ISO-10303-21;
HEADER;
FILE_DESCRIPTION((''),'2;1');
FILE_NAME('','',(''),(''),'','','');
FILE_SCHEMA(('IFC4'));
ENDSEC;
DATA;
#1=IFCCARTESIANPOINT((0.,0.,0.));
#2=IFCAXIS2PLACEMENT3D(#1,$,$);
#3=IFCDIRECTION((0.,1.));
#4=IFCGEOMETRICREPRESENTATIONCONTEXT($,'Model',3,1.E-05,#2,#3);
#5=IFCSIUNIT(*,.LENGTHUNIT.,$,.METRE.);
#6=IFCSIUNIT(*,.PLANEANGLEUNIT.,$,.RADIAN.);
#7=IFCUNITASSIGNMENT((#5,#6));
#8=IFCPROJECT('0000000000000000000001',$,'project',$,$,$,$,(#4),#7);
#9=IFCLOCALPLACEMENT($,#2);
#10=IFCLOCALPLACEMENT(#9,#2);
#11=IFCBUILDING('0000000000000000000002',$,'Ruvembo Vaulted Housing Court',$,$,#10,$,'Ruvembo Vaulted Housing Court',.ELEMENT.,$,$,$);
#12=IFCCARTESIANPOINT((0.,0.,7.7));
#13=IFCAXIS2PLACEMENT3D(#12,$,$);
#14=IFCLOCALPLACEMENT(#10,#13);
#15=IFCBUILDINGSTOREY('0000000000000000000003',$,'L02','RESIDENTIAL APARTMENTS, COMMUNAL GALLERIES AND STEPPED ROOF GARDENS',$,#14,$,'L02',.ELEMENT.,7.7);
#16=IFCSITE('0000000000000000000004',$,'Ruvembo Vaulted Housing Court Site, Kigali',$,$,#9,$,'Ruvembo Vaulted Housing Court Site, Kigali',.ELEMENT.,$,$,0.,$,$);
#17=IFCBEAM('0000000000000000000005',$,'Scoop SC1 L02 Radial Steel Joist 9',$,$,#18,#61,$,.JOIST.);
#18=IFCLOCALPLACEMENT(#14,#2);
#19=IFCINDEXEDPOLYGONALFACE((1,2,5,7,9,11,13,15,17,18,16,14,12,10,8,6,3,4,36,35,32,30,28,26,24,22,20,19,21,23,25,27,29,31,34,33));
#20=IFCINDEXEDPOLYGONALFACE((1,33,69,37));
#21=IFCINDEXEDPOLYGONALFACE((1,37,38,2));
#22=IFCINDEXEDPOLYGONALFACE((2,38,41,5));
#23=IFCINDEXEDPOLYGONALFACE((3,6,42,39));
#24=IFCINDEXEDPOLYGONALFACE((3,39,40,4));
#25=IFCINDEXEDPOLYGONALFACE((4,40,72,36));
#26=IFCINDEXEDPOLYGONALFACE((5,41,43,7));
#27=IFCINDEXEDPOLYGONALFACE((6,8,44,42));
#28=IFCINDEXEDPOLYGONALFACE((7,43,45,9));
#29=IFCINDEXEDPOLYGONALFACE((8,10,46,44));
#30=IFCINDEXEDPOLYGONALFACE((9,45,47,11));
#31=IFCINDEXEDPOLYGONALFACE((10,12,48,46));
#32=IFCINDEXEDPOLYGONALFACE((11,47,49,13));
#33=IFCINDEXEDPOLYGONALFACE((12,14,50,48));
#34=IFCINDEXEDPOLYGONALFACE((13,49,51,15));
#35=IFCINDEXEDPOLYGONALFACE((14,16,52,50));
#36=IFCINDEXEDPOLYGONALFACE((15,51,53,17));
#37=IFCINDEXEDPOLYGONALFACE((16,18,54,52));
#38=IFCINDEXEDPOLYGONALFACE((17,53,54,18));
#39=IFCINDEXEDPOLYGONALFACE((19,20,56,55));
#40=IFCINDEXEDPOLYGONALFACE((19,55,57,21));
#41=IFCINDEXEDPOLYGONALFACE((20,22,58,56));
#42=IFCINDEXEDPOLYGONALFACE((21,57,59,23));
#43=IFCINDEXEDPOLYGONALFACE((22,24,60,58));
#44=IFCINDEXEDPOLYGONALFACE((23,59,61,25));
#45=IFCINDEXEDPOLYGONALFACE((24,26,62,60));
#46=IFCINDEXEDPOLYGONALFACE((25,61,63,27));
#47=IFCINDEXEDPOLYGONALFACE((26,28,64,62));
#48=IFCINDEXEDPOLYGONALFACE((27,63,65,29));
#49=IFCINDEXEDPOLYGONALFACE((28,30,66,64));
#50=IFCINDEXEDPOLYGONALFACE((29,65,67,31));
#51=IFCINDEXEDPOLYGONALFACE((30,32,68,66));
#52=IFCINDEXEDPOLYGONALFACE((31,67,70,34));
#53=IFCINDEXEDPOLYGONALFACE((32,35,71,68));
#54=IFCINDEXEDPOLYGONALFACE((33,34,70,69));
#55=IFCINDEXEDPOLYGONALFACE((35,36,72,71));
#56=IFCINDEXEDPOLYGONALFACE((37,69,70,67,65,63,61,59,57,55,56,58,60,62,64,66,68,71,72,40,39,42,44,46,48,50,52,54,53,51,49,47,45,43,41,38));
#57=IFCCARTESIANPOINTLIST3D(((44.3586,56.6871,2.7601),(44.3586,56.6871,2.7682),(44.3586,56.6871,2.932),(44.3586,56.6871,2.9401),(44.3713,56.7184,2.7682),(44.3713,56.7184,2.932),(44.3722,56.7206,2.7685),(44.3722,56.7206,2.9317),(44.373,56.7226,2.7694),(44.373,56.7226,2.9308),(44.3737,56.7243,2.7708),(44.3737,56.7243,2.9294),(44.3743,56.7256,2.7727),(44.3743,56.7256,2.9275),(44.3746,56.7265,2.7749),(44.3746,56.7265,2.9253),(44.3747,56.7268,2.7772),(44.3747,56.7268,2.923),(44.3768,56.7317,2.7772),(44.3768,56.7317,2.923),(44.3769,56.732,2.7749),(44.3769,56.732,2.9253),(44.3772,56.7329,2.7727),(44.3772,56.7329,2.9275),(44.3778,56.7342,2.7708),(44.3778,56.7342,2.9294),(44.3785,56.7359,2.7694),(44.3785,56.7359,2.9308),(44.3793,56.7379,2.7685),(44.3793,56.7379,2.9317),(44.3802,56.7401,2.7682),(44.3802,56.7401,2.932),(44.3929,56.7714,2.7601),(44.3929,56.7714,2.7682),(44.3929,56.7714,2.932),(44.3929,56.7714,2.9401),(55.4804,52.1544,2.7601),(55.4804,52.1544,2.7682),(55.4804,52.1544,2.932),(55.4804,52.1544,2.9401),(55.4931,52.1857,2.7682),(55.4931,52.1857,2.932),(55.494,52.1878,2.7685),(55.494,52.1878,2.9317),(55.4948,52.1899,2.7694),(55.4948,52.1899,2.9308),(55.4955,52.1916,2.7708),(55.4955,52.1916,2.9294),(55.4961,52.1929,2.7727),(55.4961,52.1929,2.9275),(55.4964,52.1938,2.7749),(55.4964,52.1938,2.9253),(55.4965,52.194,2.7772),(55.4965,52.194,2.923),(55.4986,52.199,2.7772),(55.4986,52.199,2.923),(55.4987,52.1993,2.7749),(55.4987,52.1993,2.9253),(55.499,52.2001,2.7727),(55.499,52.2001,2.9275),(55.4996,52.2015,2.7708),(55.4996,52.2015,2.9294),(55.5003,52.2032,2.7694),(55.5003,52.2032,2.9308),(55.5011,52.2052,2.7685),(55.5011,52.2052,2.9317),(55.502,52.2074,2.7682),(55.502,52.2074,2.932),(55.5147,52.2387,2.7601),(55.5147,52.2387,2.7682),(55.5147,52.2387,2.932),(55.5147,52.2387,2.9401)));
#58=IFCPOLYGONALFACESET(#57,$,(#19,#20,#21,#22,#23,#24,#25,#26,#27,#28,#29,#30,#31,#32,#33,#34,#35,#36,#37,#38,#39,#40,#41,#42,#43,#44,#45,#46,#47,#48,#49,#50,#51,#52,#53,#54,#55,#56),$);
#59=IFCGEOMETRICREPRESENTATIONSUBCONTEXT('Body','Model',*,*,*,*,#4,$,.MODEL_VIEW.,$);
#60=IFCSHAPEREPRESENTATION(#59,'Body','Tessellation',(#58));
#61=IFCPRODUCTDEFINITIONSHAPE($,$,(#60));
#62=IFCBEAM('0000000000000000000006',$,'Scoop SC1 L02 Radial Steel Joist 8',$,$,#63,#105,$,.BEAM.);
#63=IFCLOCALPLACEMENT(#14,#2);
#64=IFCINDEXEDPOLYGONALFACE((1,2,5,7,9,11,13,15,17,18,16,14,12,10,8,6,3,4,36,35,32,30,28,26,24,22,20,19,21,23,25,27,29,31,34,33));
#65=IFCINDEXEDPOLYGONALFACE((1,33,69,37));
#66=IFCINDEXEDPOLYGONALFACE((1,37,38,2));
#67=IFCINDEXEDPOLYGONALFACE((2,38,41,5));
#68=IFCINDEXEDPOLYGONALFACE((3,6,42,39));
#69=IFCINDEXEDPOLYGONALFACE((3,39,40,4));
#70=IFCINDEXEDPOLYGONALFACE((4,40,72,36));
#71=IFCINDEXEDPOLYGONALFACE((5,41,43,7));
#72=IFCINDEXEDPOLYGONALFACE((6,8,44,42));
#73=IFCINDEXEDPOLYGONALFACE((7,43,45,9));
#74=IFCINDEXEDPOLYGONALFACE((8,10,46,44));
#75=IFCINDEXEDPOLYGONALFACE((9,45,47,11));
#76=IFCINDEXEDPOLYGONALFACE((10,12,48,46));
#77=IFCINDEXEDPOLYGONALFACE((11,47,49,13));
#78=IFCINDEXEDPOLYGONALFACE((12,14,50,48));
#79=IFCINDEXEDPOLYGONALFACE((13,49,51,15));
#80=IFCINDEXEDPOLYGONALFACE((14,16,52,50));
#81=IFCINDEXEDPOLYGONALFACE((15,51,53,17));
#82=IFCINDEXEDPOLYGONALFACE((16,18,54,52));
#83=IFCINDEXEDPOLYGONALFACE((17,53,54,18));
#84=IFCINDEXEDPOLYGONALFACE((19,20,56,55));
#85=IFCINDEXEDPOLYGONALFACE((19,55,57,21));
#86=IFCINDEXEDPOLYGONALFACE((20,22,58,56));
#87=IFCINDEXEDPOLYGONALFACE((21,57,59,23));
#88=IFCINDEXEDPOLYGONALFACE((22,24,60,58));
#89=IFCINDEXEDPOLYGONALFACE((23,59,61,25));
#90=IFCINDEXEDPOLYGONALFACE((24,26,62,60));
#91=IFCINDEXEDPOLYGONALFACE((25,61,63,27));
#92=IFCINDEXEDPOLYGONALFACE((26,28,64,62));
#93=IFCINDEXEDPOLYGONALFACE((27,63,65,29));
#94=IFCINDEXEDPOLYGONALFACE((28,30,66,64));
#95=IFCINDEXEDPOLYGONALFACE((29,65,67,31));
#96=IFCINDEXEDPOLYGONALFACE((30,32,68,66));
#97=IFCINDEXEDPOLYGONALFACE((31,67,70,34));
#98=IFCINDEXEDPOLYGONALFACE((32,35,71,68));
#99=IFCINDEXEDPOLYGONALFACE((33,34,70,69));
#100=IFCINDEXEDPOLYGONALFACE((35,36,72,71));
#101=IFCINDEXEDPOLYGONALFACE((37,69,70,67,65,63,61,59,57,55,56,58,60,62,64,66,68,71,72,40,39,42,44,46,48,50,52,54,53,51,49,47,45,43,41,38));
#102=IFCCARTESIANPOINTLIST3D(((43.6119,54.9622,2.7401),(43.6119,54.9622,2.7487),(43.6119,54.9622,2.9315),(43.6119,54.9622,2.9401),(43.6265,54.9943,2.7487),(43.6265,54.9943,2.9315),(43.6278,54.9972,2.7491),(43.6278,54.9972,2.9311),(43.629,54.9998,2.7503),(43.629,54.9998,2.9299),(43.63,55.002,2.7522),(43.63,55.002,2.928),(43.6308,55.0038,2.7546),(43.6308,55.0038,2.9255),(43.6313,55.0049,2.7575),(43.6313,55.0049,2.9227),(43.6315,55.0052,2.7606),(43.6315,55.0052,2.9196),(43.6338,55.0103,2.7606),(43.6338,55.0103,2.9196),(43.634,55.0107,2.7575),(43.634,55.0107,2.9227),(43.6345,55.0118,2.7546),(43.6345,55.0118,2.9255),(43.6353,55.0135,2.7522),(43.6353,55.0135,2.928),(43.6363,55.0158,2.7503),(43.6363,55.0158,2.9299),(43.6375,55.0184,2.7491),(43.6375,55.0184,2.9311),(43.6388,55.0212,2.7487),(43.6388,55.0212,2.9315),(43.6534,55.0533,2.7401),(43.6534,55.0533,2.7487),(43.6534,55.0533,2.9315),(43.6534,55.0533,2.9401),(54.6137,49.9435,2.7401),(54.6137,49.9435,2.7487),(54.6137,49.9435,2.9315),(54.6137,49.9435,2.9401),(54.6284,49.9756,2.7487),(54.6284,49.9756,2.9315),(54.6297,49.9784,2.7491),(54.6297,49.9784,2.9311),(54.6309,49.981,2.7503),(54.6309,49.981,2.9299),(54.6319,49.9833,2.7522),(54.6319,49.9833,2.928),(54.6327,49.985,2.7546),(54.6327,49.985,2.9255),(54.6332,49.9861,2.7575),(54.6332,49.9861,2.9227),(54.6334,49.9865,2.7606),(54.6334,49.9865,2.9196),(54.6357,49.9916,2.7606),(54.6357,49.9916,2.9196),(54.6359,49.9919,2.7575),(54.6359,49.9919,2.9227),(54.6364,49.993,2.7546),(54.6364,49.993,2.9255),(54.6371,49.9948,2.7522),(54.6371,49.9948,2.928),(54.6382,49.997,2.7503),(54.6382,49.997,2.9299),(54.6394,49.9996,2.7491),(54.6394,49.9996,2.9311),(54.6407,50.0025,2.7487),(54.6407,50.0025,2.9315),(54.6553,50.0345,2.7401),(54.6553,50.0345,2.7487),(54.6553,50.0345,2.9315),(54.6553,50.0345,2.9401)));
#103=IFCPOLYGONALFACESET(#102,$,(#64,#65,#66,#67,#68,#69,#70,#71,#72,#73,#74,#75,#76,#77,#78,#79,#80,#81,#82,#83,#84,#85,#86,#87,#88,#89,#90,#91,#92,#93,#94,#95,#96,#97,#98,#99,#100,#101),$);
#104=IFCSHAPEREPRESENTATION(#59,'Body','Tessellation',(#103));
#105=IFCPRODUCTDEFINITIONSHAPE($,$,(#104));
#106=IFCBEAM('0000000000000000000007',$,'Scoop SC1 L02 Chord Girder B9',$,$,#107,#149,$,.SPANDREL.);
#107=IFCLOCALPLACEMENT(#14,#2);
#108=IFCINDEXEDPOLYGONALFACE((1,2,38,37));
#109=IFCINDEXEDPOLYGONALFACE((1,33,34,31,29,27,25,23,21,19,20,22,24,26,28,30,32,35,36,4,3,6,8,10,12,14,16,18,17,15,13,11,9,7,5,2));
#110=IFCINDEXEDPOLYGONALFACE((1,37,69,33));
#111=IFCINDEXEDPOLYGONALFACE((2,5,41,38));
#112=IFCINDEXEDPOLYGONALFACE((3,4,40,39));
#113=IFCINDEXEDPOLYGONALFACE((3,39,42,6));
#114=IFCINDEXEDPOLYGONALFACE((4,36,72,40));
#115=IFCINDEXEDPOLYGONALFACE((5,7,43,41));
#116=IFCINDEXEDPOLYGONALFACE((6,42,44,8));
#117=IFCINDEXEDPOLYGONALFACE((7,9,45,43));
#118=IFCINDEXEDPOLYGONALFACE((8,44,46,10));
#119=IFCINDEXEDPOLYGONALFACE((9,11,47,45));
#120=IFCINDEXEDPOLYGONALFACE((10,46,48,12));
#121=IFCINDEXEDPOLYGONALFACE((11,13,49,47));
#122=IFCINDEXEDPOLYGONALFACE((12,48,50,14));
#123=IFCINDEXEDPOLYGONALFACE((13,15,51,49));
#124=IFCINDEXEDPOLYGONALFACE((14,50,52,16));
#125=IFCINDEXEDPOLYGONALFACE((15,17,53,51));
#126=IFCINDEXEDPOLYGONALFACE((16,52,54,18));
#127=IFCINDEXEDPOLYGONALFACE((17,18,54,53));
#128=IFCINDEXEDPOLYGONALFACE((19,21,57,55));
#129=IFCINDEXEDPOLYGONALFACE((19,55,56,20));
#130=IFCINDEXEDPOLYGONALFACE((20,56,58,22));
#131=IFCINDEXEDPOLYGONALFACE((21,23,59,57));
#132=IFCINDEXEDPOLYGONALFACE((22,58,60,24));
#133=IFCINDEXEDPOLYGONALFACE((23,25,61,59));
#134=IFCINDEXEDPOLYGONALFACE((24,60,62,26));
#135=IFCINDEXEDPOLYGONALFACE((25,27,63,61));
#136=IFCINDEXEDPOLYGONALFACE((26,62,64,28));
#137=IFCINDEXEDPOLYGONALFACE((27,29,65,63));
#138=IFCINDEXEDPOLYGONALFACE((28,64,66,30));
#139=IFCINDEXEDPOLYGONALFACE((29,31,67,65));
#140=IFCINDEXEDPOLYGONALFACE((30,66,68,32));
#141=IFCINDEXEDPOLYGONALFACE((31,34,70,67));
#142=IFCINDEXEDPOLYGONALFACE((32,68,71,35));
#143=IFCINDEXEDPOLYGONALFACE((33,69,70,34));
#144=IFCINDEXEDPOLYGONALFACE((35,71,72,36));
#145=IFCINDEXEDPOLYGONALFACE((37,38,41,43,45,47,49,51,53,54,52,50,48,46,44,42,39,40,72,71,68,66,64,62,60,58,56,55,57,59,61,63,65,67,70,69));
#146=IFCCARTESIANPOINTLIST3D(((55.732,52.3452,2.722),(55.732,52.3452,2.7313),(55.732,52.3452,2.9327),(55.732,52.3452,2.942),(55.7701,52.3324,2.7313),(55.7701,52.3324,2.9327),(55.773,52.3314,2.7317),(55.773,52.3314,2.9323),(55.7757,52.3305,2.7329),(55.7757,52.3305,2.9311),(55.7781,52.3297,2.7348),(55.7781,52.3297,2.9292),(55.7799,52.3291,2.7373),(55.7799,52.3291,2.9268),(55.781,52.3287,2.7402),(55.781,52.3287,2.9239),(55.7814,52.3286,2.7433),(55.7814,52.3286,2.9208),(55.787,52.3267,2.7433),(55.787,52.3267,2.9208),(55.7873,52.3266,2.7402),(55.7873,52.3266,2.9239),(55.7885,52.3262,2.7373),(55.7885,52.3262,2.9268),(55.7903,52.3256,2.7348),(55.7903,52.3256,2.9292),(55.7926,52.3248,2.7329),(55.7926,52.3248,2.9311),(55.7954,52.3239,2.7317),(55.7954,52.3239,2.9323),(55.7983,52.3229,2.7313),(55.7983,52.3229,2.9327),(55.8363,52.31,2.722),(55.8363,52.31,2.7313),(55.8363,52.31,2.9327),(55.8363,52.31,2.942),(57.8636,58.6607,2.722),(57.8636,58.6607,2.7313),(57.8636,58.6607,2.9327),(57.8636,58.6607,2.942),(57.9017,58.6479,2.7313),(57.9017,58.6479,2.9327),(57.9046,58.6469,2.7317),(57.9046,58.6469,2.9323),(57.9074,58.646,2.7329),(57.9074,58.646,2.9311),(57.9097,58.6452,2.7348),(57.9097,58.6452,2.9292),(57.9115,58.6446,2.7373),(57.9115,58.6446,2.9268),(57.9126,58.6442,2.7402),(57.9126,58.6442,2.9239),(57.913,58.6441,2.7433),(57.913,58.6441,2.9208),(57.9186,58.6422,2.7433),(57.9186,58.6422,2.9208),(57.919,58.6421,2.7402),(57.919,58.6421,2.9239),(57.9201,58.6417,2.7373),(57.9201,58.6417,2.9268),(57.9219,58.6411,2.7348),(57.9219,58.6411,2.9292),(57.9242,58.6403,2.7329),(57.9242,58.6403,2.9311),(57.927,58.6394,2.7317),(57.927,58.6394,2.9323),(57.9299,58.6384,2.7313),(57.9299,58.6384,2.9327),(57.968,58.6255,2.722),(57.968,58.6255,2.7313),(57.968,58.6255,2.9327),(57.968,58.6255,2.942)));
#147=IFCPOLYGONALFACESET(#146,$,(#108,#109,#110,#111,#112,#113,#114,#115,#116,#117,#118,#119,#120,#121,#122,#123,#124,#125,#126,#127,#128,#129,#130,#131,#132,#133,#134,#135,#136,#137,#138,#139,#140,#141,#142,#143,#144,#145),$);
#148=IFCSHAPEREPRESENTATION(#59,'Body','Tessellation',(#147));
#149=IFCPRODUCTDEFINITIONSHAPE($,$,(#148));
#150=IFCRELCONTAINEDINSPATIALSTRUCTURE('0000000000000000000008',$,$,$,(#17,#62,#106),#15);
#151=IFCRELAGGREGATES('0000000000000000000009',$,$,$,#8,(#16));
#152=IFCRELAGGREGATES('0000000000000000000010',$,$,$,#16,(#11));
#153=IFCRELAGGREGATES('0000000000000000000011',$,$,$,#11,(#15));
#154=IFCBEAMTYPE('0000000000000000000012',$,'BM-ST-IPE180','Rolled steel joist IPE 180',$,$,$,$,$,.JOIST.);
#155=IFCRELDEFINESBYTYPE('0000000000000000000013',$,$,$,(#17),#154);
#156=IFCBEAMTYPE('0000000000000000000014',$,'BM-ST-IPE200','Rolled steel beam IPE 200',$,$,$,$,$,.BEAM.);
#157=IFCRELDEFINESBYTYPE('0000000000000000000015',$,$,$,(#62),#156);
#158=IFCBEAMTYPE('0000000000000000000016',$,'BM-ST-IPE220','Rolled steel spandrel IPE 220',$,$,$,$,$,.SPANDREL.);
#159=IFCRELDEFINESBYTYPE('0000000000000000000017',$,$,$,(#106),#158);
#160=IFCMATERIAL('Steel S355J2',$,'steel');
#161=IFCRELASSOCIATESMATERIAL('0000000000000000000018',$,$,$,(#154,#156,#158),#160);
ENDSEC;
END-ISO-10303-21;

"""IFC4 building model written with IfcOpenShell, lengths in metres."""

from ifc_helpers import new_model, si_unit, direction, frame, origin, origin_2d, place, context, subcontext, project, spatial, i_section, extrude, material, material_profile, profile_set, type_object, element, save


model = new_model("IFC4")

# Units and contexts
model_context = context("Model", 3, precision=1e-05, world=origin(), true_north=direction((0.0, 1.0)))
body_context = subcontext(model_context, "Body", "Model", "MODEL_VIEW")
ifc_project = project(units=[si_unit("LENGTHUNIT", "METRE"), si_unit("PLANEANGLEUNIT", "RADIAN")], contexts=[model_context])

# Site, building, storey
site_placement = place(None, origin())
site = spatial("IfcSite", under=ifc_project, at=site_placement, Name="Ruvembo Vaulted Housing Court Site, Kigali", LongName="Ruvembo Vaulted Housing Court Site, Kigali", CompositionType="ELEMENT", RefElevation=0.0)
building_placement = place(site_placement, origin())
building = spatial("IfcBuilding", under=site, at=building_placement, Name="Ruvembo Vaulted Housing Court", LongName="Ruvembo Vaulted Housing Court", CompositionType="ELEMENT")
storey_placement = place(building_placement, frame((0.0, 0.0, 7.7)))
storey = spatial("IfcBuildingStorey", under=building, at=storey_placement, Name="L02", Description="RESIDENTIAL APARTMENTS, COMMUNAL GALLERIES AND STEPPED ROOF GARDENS", LongName="L02", CompositionType="ELEMENT", Elevation=7.7)

# Beams
ifc_material_1 = material(Name="Steel S355J2", Category="steel")
ifc_material_profile_1 = material_profile(ifc_material_1, i_section(OverallWidth=0.0911, OverallDepth=0.1799, WebThickness=0.0054, FlangeThickness=0.0081, FilletRadius=0.009, at=origin_2d()), Name="IPE 180")
ifc_profile_set_1 = profile_set([ifc_material_profile_1], Name="Steel S355J2")
beam_type_1 = type_object("IfcBeamType", Name="BM-ST-IPE180", Description="Rolled steel joist IPE 180", PredefinedType="JOIST", material=ifc_profile_set_1)
beam_1_placement = place(storey_placement, frame((55.4976, 52.1965, 2.8501), z_axis=(-0.926046, 0.377411, 0.0), x_axis=(-0.377411, -0.926046, 0.0)))
element("IfcBeam", 1, at=beam_1_placement, inside=storey, type_object=beam_type_1, Name="Scoop SC1 L02 Radial Steel Joist 9", PredefinedType="JOIST", context=body_context, shape_type="SweptSolid", body=[
    extrude(i_section(OverallWidth=0.0911, OverallDepth=0.1799, WebThickness=0.0054, FlangeThickness=0.0081, FilletRadius=0.009, at=origin_2d()), origin(), (0.0, 0.0, 1.0), 12.01),
])
ifc_material_profile_2 = material_profile(ifc_material_1, i_section(OverallWidth=0.1001, OverallDepth=0.2, WebThickness=0.0056, FlangeThickness=0.0085, FilletRadius=0.012, at=origin_2d()), Name="IPE 200")
ifc_profile_set_2 = profile_set([ifc_material_profile_2], Name="Steel S355J2")
beam_type_2 = type_object("IfcBeamType", Name="BM-ST-IPE200", Description="Rolled steel beam IPE 200", PredefinedType="BEAM", material=ifc_profile_set_2)
beam_2_placement = place(storey_placement, frame((54.6345, 49.989, 2.8401), z_axis=(-0.909808, 0.41503, 0.0), x_axis=(-0.41503, -0.909808, 0.0)))
element("IfcBeam", 2, at=beam_2_placement, inside=storey, type_object=beam_type_2, Name="Scoop SC1 L02 Radial Steel Joist 8", PredefinedType="BEAM", context=body_context, shape_type="SweptSolid", body=[
    extrude(i_section(OverallWidth=0.1001, OverallDepth=0.2, WebThickness=0.0056, FlangeThickness=0.0085, FilletRadius=0.012, at=origin_2d()), origin(), (0.0, 0.0, 1.0), 12.0925),
])
ifc_material_profile_3 = material_profile(ifc_material_1, i_section(OverallWidth=0.1101, OverallDepth=0.22, WebThickness=0.0059, FlangeThickness=0.0093, FilletRadius=0.012, at=origin_2d()), Name="IPE 220")
ifc_profile_set_3 = profile_set([ifc_material_profile_3], Name="Steel S355J2")
beam_type_3 = type_object("IfcBeamType", Name="BM-ST-IPE220", Description="Rolled steel spandrel IPE 220", PredefinedType="SPANDREL", material=ifc_profile_set_3)
beam_3_placement = place(storey_placement, frame((55.7842, 52.3276, 2.832), z_axis=(0.319797, 0.947486, 0.0), x_axis=(-0.947486, 0.319797, 0.0)))
element("IfcBeam", 3, at=beam_3_placement, inside=storey, type_object=beam_type_3, Name="Scoop SC1 L02 Chord Girder B9", PredefinedType="SPANDREL", context=body_context, shape_type="SweptSolid", body=[
    extrude(i_section(OverallWidth=0.1101, OverallDepth=0.22, WebThickness=0.0059, FlangeThickness=0.0093, FilletRadius=0.012, at=origin_2d()), origin(), (0.0, 0.0, 1.0), 6.6655),
])

save(model, "model.ifc")
